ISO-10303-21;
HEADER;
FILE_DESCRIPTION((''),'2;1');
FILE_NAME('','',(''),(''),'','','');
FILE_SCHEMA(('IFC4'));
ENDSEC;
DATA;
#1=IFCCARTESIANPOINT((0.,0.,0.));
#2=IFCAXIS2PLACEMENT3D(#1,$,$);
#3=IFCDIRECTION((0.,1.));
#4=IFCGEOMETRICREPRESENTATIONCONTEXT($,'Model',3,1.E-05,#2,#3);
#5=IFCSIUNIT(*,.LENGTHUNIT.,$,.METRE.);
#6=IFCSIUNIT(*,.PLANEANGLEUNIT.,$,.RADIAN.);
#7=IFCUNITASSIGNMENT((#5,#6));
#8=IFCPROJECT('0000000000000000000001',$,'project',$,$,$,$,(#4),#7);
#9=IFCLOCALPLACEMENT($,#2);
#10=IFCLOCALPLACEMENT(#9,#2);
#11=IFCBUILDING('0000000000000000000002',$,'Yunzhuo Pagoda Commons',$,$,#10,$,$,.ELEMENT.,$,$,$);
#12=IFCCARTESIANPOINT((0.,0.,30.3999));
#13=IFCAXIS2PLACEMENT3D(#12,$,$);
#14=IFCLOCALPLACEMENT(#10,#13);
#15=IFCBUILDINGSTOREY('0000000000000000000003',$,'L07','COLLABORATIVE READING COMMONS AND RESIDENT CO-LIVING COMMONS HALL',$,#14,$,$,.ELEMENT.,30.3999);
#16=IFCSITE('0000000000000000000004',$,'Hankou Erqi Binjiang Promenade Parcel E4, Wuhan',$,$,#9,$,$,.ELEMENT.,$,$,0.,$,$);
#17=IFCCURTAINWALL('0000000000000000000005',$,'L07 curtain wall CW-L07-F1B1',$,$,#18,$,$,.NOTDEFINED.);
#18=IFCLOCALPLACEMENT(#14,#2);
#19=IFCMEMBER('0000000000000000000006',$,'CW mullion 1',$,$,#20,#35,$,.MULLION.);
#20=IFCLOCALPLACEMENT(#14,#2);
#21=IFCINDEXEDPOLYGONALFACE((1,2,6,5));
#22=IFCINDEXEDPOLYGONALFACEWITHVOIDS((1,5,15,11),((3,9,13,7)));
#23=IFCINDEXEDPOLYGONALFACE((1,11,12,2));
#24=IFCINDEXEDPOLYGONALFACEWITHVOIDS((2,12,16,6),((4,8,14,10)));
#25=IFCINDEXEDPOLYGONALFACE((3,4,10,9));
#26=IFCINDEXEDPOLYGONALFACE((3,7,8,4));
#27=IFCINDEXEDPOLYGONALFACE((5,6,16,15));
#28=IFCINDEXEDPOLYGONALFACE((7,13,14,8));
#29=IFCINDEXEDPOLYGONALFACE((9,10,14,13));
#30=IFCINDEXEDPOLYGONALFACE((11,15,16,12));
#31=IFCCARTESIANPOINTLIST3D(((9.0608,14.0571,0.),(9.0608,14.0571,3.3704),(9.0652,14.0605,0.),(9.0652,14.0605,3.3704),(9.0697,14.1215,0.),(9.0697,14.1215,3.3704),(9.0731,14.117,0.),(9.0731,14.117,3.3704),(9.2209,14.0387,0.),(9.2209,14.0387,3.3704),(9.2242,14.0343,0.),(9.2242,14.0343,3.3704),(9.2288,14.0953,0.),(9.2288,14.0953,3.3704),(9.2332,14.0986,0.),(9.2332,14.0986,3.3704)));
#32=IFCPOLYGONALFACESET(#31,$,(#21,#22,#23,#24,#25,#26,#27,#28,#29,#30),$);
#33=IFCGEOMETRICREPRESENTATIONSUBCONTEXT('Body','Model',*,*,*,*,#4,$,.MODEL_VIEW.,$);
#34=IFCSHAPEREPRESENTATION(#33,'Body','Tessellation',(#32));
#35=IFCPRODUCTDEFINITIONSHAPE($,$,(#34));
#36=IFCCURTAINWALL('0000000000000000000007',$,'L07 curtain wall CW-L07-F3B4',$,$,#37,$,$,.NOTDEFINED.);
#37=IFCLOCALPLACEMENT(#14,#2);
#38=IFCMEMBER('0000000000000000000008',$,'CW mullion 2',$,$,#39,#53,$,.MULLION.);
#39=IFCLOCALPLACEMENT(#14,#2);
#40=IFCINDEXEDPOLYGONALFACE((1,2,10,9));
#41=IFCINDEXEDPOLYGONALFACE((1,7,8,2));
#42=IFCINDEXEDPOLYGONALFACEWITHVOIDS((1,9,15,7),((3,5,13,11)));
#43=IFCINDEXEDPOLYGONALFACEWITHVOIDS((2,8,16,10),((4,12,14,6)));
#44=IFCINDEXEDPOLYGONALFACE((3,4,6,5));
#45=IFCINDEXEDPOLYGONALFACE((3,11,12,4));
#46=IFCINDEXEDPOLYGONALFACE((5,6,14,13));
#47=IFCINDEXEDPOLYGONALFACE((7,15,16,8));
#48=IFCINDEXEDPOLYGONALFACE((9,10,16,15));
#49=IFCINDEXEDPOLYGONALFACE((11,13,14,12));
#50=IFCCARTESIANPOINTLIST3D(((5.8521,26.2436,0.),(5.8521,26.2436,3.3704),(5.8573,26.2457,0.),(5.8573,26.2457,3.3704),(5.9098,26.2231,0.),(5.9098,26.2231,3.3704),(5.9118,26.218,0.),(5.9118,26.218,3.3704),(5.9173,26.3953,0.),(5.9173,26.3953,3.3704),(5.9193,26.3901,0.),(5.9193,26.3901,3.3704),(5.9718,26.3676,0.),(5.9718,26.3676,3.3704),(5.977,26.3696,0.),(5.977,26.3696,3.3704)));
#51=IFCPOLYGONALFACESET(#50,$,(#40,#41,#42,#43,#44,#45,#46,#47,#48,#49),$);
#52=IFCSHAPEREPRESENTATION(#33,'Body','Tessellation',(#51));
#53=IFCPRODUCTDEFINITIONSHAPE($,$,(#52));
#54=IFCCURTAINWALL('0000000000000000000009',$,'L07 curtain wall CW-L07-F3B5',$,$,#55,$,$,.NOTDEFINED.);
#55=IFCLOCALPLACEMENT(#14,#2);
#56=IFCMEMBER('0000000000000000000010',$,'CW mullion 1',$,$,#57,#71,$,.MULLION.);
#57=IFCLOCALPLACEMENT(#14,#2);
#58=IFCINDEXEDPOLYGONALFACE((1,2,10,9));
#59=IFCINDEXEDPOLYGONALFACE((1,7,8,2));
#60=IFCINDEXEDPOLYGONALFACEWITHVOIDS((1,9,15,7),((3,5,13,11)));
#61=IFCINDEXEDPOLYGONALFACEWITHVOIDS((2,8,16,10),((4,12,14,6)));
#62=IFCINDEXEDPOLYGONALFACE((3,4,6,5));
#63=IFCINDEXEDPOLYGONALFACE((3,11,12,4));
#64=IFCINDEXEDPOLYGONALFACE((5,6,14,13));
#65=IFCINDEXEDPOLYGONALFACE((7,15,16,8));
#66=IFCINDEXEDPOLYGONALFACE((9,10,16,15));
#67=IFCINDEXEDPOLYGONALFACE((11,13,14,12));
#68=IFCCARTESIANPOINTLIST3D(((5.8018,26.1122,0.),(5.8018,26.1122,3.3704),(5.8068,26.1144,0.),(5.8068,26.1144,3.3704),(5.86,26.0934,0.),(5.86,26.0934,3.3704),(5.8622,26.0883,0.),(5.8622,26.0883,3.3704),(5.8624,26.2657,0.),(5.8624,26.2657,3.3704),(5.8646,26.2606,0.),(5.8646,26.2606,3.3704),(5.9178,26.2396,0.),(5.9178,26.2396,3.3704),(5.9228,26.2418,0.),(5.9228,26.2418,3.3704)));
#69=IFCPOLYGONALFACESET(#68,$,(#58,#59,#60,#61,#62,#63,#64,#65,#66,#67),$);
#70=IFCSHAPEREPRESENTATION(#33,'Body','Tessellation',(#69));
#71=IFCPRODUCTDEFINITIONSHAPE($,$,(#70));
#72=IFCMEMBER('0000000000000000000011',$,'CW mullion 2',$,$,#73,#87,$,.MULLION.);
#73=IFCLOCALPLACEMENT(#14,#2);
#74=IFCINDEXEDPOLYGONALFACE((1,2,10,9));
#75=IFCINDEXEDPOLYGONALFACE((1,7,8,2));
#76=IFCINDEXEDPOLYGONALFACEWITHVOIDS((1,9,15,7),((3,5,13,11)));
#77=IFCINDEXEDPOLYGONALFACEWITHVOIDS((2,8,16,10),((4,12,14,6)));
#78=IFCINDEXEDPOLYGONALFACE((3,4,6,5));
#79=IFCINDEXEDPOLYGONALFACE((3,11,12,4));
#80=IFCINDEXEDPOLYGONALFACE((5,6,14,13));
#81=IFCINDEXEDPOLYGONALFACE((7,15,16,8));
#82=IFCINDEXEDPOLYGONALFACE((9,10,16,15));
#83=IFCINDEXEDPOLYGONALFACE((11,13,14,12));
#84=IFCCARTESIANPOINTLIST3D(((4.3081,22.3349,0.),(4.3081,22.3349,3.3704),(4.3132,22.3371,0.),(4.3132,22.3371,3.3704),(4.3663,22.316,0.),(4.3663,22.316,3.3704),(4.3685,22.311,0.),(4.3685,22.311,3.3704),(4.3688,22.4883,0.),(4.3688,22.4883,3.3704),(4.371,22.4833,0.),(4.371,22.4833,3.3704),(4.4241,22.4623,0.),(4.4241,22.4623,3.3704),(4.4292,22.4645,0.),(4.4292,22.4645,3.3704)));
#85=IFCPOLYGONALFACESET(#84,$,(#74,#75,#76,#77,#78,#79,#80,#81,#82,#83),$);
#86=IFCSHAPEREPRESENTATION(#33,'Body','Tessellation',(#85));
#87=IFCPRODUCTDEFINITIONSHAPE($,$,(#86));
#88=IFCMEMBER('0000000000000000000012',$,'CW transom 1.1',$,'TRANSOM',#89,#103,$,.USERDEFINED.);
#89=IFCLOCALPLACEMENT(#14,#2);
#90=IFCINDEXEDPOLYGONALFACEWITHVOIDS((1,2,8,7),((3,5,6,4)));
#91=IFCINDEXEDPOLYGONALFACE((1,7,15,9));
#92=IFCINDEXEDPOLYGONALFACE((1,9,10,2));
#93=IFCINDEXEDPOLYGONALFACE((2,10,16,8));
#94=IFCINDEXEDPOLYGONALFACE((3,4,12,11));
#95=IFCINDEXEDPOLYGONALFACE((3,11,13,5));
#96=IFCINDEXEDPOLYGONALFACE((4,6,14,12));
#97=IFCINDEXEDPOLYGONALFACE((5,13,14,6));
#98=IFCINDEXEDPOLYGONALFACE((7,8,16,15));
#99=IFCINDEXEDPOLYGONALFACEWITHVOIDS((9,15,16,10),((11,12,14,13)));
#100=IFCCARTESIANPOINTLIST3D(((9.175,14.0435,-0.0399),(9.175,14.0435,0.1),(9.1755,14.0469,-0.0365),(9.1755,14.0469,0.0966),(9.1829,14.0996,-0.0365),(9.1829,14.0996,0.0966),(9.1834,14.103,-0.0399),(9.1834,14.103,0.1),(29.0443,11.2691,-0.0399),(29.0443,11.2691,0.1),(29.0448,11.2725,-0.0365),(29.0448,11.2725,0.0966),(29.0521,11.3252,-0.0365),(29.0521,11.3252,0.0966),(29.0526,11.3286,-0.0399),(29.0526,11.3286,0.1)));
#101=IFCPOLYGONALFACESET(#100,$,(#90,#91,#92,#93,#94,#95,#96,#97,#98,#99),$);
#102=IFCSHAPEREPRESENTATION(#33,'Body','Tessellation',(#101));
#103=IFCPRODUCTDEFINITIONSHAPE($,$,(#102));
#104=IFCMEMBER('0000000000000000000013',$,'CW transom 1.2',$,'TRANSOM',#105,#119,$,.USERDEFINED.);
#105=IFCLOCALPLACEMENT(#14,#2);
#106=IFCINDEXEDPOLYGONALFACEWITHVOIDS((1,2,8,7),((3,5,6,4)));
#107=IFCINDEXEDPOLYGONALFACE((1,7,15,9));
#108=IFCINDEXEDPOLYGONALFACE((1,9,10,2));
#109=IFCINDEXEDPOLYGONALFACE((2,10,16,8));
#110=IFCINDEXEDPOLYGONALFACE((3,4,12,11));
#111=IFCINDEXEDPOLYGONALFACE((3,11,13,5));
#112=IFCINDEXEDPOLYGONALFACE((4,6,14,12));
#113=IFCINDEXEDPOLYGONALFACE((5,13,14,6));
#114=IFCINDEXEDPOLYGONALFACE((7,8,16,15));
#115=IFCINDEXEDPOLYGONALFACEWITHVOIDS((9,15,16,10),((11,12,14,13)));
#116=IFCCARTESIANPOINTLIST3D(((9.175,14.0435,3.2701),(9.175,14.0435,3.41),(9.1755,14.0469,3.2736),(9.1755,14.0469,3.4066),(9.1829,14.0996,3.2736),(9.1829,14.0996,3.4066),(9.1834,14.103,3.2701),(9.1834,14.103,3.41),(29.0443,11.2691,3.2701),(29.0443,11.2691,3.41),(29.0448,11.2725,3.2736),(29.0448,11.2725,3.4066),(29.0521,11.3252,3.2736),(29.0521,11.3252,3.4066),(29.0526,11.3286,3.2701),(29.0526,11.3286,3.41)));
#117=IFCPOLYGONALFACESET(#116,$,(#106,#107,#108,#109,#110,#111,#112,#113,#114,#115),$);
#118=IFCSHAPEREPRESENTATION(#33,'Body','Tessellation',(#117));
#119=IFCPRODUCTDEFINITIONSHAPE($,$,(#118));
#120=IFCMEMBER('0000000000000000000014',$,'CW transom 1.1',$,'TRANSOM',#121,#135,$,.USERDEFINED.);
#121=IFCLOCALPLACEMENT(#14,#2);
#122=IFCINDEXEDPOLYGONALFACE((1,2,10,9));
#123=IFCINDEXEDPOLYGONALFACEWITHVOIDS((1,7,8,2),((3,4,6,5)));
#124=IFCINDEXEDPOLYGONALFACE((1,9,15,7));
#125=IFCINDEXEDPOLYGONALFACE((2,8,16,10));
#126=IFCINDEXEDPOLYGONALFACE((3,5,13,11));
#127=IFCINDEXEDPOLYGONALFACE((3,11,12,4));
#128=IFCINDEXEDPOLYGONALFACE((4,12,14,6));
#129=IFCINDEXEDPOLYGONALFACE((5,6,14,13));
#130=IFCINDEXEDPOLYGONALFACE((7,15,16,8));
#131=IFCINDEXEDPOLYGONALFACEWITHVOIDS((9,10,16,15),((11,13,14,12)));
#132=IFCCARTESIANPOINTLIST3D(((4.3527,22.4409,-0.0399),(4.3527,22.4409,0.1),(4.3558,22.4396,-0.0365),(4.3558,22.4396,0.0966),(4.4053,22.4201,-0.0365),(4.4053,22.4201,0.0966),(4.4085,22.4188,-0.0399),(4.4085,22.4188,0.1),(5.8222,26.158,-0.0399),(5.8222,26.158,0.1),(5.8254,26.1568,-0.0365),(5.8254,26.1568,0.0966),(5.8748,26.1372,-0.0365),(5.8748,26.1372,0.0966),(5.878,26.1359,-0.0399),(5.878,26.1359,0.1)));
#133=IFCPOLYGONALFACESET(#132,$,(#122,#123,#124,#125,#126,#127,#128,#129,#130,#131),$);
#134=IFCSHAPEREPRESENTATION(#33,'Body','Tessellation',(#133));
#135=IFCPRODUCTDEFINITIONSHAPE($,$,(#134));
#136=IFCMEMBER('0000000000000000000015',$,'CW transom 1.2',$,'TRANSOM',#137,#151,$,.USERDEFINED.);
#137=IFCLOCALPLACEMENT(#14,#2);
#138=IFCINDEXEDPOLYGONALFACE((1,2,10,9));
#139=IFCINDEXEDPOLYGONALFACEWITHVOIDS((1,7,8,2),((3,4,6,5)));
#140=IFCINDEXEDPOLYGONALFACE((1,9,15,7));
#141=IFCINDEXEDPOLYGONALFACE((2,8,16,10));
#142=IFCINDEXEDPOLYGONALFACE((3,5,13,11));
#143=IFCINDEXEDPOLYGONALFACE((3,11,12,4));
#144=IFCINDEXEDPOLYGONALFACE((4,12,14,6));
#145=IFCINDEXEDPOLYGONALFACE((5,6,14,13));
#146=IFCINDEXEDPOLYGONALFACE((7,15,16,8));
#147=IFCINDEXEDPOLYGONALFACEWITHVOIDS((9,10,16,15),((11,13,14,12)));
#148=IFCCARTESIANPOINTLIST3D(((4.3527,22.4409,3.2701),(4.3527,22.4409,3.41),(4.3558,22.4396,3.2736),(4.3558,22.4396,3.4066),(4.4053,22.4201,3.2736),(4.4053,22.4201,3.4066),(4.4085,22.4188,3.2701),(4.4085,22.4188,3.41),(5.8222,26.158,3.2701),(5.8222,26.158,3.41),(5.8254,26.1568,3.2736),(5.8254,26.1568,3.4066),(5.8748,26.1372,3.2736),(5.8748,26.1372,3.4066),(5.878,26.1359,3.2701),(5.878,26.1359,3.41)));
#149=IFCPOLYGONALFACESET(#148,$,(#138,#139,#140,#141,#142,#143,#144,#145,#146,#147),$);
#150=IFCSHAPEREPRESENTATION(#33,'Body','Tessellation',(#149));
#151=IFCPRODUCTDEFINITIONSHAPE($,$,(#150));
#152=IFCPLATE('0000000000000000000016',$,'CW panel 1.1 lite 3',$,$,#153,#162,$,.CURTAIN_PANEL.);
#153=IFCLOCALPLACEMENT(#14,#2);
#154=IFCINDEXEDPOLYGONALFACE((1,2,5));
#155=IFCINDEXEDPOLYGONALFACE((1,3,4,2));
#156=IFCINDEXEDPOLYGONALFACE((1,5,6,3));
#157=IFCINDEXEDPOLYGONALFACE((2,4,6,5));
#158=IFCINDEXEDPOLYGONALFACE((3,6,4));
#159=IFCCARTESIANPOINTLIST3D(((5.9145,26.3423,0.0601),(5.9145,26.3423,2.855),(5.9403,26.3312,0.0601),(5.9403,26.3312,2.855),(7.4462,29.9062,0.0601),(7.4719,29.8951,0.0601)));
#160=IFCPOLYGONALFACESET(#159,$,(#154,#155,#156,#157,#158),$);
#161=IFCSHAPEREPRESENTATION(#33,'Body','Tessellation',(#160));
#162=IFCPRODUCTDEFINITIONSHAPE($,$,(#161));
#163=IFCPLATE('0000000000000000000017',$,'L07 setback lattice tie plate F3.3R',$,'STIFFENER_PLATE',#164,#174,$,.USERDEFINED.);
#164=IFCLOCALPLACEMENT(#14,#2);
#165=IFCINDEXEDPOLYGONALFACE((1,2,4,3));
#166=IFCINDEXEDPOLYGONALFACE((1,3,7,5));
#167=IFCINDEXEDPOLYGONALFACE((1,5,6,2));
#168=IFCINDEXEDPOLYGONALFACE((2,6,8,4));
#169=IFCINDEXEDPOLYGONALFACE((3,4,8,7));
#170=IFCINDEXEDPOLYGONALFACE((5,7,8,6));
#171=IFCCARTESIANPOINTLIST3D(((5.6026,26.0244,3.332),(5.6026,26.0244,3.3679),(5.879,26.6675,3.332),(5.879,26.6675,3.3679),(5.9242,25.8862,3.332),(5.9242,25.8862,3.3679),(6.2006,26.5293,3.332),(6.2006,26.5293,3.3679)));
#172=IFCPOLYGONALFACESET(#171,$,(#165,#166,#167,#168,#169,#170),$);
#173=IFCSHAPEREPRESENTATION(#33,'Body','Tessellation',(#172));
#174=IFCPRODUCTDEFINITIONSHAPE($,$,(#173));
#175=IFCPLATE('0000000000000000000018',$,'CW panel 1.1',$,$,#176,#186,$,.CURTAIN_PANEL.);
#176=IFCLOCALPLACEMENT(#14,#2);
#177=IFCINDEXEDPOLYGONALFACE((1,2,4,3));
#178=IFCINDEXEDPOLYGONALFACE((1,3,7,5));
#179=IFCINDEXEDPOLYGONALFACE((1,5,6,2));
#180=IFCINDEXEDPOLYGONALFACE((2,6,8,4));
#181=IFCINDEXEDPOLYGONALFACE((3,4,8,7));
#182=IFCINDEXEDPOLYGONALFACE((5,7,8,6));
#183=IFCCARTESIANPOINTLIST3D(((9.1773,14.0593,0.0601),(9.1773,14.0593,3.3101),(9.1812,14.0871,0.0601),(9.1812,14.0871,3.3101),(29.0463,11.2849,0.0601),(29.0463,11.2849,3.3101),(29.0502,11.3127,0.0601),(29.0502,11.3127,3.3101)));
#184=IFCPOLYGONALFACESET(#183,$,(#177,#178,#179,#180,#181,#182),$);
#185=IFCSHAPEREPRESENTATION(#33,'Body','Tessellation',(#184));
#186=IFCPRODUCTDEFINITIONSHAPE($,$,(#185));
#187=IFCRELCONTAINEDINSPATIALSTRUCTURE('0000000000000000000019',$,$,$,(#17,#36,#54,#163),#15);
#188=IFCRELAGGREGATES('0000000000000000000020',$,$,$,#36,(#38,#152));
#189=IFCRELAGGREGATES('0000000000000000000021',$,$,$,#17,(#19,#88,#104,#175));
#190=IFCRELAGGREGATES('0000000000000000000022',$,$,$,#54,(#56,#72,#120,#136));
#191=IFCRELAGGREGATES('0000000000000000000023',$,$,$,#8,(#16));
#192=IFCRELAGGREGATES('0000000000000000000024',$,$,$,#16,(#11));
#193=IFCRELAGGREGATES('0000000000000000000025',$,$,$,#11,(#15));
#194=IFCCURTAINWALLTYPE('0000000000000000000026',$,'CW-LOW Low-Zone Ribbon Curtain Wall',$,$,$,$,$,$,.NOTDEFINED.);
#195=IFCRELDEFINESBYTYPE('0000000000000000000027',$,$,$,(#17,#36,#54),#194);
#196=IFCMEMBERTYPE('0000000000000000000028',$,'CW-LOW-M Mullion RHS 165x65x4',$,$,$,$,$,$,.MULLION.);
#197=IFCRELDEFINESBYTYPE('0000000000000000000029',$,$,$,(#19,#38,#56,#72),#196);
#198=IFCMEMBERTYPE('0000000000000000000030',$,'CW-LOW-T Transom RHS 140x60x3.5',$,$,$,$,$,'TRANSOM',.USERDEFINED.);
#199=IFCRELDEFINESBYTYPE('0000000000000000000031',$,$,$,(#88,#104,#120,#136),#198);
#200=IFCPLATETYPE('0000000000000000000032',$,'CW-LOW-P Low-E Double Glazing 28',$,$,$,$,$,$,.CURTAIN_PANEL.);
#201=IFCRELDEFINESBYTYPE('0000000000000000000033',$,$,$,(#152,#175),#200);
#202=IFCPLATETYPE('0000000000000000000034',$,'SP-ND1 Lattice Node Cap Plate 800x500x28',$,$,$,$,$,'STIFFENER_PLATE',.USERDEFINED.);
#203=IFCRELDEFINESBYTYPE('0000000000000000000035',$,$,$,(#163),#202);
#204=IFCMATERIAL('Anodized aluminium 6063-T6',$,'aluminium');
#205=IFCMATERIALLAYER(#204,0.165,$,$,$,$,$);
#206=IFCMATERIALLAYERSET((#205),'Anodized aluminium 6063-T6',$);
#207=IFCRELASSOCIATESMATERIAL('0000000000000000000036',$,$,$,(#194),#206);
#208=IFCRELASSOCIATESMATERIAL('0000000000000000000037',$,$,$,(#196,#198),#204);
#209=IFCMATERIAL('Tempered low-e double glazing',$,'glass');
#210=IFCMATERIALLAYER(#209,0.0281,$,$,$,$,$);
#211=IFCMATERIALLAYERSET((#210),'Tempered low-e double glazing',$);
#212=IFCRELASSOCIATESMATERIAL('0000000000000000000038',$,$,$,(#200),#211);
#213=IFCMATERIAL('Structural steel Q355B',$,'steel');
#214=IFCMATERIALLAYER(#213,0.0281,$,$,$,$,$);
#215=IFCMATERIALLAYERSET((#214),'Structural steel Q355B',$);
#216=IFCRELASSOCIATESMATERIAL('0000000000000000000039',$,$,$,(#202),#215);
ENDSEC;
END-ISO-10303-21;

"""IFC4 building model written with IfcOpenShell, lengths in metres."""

from ifc_helpers import new_model, si_unit, direction, frame, origin, origin_2d, place, context, subcontext, project, spatial, polyline, rectangle, hollow_rectangle, outline, extrude, source, transform, mapped, material, layer, layer_set, material_profile, profile_set, type_object, element, aggregate, save


model = new_model("IFC4")

# Units and contexts
model_context = context("Model", 3, precision=1e-05, world=origin(), true_north=direction((0.0, 1.0)))
body_context = subcontext(model_context, "Body", "Model", "MODEL_VIEW")
ifc_project = project(units=[si_unit("LENGTHUNIT", "METRE"), si_unit("PLANEANGLEUNIT", "RADIAN")], contexts=[model_context])

# Site, building, storey
site_placement = place(None, origin())
site = spatial("IfcSite", under=ifc_project, at=site_placement, Name="Hankou Erqi Binjiang Promenade Parcel E4, Wuhan", CompositionType="ELEMENT", RefElevation=0.0)
building_placement = place(site_placement, origin())
building = spatial("IfcBuilding", under=site, at=building_placement, Name="Yunzhuo Pagoda Commons", CompositionType="ELEMENT")
storey_placement = place(building_placement, frame((0.0, 0.0, 30.3999)))
storey = spatial("IfcBuildingStorey", under=building, at=storey_placement, Name="L07", Description="COLLABORATIVE READING COMMONS AND RESIDENT CO-LIVING COMMONS HALL", CompositionType="ELEMENT", Elevation=30.3999)

# Shared definitions
ifc_material_1 = material(Name="Structural steel Q355B", Category="steel")

# Curtain walls, members
ifc_material_2 = material(Name="Anodized aluminium 6063-T6", Category="aluminium")
ifc_layer_1 = layer(ifc_material_2, 0.165)
ifc_layer_set_1 = layer_set([ifc_layer_1], Name="Anodized aluminium 6063-T6")
curtain_wall_type = type_object("IfcCurtainWallType", Name="CW-LOW Low-Zone Ribbon Curtain Wall", PredefinedType="NOTDEFINED", material=ifc_layer_set_1)
curtain_wall_1_placement = place(storey_placement, origin())
curtain_wall_1 = element("IfcCurtainWall", 1, at=curtain_wall_1_placement, inside=storey, type_object=curtain_wall_type, Name="L07 curtain wall CW-L07-F1B1", PredefinedType="NOTDEFINED")
ifc_material_profile_1 = material_profile(ifc_material_2, hollow_rectangle(XDim=0.0649, YDim=0.165, WallThickness=0.0039, at=origin_2d()), Name="Anodized aluminium 6063-T6")
ifc_profile_set_1 = profile_set([ifc_material_profile_1], Name="Anodized aluminium 6063-T6")
member_type_1 = type_object("IfcMemberType", Name="CW-LOW-M Mullion RHS 165x65x4", PredefinedType="MULLION", material=ifc_profile_set_1)
shared_shape_1 = source(origin(), body_context, "Body", "SweptSolid", [
    extrude(hollow_rectangle(XDim=0.0649, YDim=0.165, WallThickness=0.0039, at=origin_2d()), origin(), (0.0, 0.0, 1.0), 3.3704),
])
member_1_placement = place(storey_placement, frame((9.147, 14.0779, 0.0), z_axis=(0.0, 0.0, 1.0), x_axis=(0.138294, 0.990391, 0.0)))
member_1 = element("IfcMember", 2, at=member_1_placement, type_object=member_type_1, Name="CW mullion 1", PredefinedType="MULLION", context=body_context, shape_type="MappedRepresentation", body=[
    mapped(shared_shape_1, transform((0.0, 0.0, 0.0), scale=1.0)),
])
curtain_wall_2_placement = place(storey_placement, origin())
curtain_wall_2 = element("IfcCurtainWall", 3, at=curtain_wall_2_placement, inside=storey, type_object=curtain_wall_type, Name="L07 curtain wall CW-L07-F3B4", PredefinedType="NOTDEFINED")
member_2_placement = place(storey_placement, frame((5.9146, 26.3066, 0.0), z_axis=(0.0, 0.0, 1.0), x_axis=(0.918745, -0.394851, 0.0)))
member_2 = element("IfcMember", 4, at=member_2_placement, type_object=member_type_1, Name="CW mullion 2", PredefinedType="MULLION", context=body_context, shape_type="MappedRepresentation", body=[
    mapped(shared_shape_1, transform((0.0, 0.0, 0.0), scale=1.0)),
])

# Curtain wall, members
curtain_wall_3_placement = place(storey_placement, origin())
curtain_wall_3 = element("IfcCurtainWall", 5, at=curtain_wall_3_placement, inside=storey, type_object=curtain_wall_type, Name="L07 curtain wall CW-L07-F3B5", PredefinedType="NOTDEFINED")
member_3_placement = place(storey_placement, frame((5.8623, 26.177, 0.0), z_axis=(0.0, 0.0, 1.0), x_axis=(0.929958, -0.367665, 0.0)))
member_3 = element("IfcMember", 6, at=member_3_placement, type_object=member_type_1, Name="CW mullion 1", PredefinedType="MULLION", context=body_context, shape_type="MappedRepresentation", body=[
    mapped(shared_shape_1, transform((0.0, 0.0, 0.0), scale=1.0)),
])
member_4_placement = place(storey_placement, frame((4.3687, 22.3997, 0.0), z_axis=(0.0, 0.0, 1.0), x_axis=(0.929958, -0.367665, 0.0)))
member_4 = element("IfcMember", 7, at=member_4_placement, type_object=member_type_1, Name="CW mullion 2", PredefinedType="MULLION", context=body_context, shape_type="MappedRepresentation", body=[
    mapped(shared_shape_1, transform((0.0, 0.0, 0.0), scale=1.0)),
])

# Members
ifc_material_profile_2 = material_profile(ifc_material_2, hollow_rectangle(XDim=0.0601, YDim=0.1399, WallThickness=0.0034, at=origin_2d()), Name="Anodized aluminium 6063-T6")
ifc_profile_set_2 = profile_set([ifc_material_profile_2], Name="Anodized aluminium 6063-T6")
member_type_2 = type_object("IfcMemberType", Name="CW-LOW-T Transom RHS 140x60x3.5", ElementType="TRANSOM", PredefinedType="USERDEFINED", material=ifc_profile_set_2)
shared_shape_2 = source(origin(), body_context, "Body", "SweptSolid", [
    extrude(hollow_rectangle(XDim=0.0601, YDim=0.1399, WallThickness=0.0034, at=origin_2d()), origin(), (0.0, 0.0, 1.0), 20.062),
])
member_5_placement = place(storey_placement, frame((9.1792, 14.0732, 0.03), z_axis=(0.990391, -0.138293, 0.0), x_axis=(0.138293, 0.990391, 0.0)))
member_5 = element("IfcMember", 8, at=member_5_placement, type_object=member_type_2, Name="CW transom 1.1", ObjectType="TRANSOM", PredefinedType="USERDEFINED", context=body_context, shape_type="MappedRepresentation", body=[
    mapped(shared_shape_2, transform((0.0, 0.0, 0.0), scale=1.0)),
])
member_6_placement = place(storey_placement, frame((9.1792, 14.0732, 3.3401), z_axis=(0.990391, -0.138293, 0.0), x_axis=(0.138293, 0.990391, 0.0)))
member_6 = element("IfcMember", 9, at=member_6_placement, type_object=member_type_2, Name="CW transom 1.2", ObjectType="TRANSOM", PredefinedType="USERDEFINED", context=body_context, shape_type="MappedRepresentation", body=[
    mapped(shared_shape_2, transform((0.0, 0.0, 0.0), scale=1.0)),
])
shared_shape_3 = source(origin(), body_context, "Body", "SweptSolid", [
    extrude(hollow_rectangle(XDim=0.0601, YDim=0.1399, WallThickness=0.0034, at=origin_2d()), origin(), (0.0, 0.0, 1.0), 3.9971),
])
member_7_placement = place(storey_placement, frame((5.8501, 26.147, 0.03), z_axis=(-0.367649, -0.929965, 0.0), x_axis=(0.929965, -0.367649, 0.0)))
member_7 = element("IfcMember", 10, at=member_7_placement, type_object=member_type_2, Name="CW transom 1.1", ObjectType="TRANSOM", PredefinedType="USERDEFINED", context=body_context, shape_type="MappedRepresentation", body=[
    mapped(shared_shape_3, transform((0.0, 0.0, 0.0), scale=1.0)),
])
member_8_placement = place(storey_placement, frame((5.8501, 26.147, 3.3401), z_axis=(-0.367649, -0.929965, 0.0), x_axis=(0.929965, -0.367649, 0.0)))
member_8 = element("IfcMember", 11, at=member_8_placement, type_object=member_type_2, Name="CW transom 1.2", ObjectType="TRANSOM", PredefinedType="USERDEFINED", context=body_context, shape_type="MappedRepresentation", body=[
    mapped(shared_shape_3, transform((0.0, 0.0, 0.0), scale=1.0)),
])

# Plates
ifc_material_3 = material(Name="Tempered low-e double glazing", Category="glass")
ifc_layer_2 = layer(ifc_material_3, 0.0281)
ifc_layer_set_2 = layer_set([ifc_layer_2], Name="Tempered low-e double glazing")
plate_type_1 = type_object("IfcPlateType", Name="CW-LOW-P Low-E Double Glazing 28", PredefinedType="CURTAIN_PANEL", material=ifc_layer_set_2)
plate_1_placement = place(storey_placement, frame((6.7061, 28.113, 1.4575), z_axis=(-0.918745, 0.394851, 0.0), x_axis=(-0.394851, -0.918745, 0.0)))
plate_1 = element("IfcPlate", 12, at=plate_1_placement, type_object=plate_type_1, Name="CW panel 1.1 lite 3", PredefinedType="CURTAIN_PANEL", context=body_context, shape_type="SweptSolid", body=[
    extrude(outline(polyline([(-1.9397, -1.3975), (1.9395, -1.3975), (1.9395, 1.3975), (-1.9397, -1.3975)])), origin(), (0.0, 0.0, 1.0), 0.0281),
])
aggregate(curtain_wall_2, [member_2, plate_1])
ifc_layer_3 = layer(ifc_material_1, 0.0281)
ifc_layer_set_3 = layer_set([ifc_layer_3], Name="Structural steel Q355B")
plate_type_2 = type_object("IfcPlateType", Name="SP-ND1 Lattice Node Cap Plate 800x500x28", ElementType="STIFFENER_PLATE", PredefinedType="USERDEFINED", material=ifc_layer_set_3)
shared_shape_4 = source(origin(), body_context, "Body", "SweptSolid", [
    extrude(rectangle(XDim=0.7, YDim=0.3501, at=origin_2d()), origin(), (0.0, 0.0, 1.0), 0.0359),
])
plate_2_placement = place(storey_placement, frame((5.9016, 26.2769, 3.332), z_axis=(0.0, 0.0, 1.0), x_axis=(-0.394856, -0.918743, 0.0)))
element("IfcPlate", 13, at=plate_2_placement, inside=storey, type_object=plate_type_2, Name="L07 setback lattice tie plate F3.3R", ObjectType="STIFFENER_PLATE", PredefinedType="USERDEFINED", context=body_context, shape_type="MappedRepresentation", body=[
    mapped(shared_shape_4, transform((0.0, 0.0, 0.0), scale=1.0)),
])
shared_shape_5 = source(origin(), body_context, "Body", "SweptSolid", [
    extrude(rectangle(XDim=20.0618, YDim=0.0281, at=origin_2d()), origin(), (0.0, 0.0, 1.0), 3.25),
])
plate_3_placement = place(storey_placement, frame((19.1138, 12.686, 0.0601), z_axis=(0.0, 0.0, 1.0), x_axis=(0.990391, -0.138294, 0.0)))
plate_3 = element("IfcPlate", 14, at=plate_3_placement, type_object=plate_type_1, Name="CW panel 1.1", PredefinedType="CURTAIN_PANEL", context=body_context, shape_type="MappedRepresentation", body=[
    mapped(shared_shape_5, transform((0.0, 0.0, 0.0), scale=1.0)),
])
aggregate(curtain_wall_1, [member_1, member_5, member_6, plate_3])
aggregate(curtain_wall_3, [member_3, member_4, member_7, member_8])

save(model, "model.ifc")
